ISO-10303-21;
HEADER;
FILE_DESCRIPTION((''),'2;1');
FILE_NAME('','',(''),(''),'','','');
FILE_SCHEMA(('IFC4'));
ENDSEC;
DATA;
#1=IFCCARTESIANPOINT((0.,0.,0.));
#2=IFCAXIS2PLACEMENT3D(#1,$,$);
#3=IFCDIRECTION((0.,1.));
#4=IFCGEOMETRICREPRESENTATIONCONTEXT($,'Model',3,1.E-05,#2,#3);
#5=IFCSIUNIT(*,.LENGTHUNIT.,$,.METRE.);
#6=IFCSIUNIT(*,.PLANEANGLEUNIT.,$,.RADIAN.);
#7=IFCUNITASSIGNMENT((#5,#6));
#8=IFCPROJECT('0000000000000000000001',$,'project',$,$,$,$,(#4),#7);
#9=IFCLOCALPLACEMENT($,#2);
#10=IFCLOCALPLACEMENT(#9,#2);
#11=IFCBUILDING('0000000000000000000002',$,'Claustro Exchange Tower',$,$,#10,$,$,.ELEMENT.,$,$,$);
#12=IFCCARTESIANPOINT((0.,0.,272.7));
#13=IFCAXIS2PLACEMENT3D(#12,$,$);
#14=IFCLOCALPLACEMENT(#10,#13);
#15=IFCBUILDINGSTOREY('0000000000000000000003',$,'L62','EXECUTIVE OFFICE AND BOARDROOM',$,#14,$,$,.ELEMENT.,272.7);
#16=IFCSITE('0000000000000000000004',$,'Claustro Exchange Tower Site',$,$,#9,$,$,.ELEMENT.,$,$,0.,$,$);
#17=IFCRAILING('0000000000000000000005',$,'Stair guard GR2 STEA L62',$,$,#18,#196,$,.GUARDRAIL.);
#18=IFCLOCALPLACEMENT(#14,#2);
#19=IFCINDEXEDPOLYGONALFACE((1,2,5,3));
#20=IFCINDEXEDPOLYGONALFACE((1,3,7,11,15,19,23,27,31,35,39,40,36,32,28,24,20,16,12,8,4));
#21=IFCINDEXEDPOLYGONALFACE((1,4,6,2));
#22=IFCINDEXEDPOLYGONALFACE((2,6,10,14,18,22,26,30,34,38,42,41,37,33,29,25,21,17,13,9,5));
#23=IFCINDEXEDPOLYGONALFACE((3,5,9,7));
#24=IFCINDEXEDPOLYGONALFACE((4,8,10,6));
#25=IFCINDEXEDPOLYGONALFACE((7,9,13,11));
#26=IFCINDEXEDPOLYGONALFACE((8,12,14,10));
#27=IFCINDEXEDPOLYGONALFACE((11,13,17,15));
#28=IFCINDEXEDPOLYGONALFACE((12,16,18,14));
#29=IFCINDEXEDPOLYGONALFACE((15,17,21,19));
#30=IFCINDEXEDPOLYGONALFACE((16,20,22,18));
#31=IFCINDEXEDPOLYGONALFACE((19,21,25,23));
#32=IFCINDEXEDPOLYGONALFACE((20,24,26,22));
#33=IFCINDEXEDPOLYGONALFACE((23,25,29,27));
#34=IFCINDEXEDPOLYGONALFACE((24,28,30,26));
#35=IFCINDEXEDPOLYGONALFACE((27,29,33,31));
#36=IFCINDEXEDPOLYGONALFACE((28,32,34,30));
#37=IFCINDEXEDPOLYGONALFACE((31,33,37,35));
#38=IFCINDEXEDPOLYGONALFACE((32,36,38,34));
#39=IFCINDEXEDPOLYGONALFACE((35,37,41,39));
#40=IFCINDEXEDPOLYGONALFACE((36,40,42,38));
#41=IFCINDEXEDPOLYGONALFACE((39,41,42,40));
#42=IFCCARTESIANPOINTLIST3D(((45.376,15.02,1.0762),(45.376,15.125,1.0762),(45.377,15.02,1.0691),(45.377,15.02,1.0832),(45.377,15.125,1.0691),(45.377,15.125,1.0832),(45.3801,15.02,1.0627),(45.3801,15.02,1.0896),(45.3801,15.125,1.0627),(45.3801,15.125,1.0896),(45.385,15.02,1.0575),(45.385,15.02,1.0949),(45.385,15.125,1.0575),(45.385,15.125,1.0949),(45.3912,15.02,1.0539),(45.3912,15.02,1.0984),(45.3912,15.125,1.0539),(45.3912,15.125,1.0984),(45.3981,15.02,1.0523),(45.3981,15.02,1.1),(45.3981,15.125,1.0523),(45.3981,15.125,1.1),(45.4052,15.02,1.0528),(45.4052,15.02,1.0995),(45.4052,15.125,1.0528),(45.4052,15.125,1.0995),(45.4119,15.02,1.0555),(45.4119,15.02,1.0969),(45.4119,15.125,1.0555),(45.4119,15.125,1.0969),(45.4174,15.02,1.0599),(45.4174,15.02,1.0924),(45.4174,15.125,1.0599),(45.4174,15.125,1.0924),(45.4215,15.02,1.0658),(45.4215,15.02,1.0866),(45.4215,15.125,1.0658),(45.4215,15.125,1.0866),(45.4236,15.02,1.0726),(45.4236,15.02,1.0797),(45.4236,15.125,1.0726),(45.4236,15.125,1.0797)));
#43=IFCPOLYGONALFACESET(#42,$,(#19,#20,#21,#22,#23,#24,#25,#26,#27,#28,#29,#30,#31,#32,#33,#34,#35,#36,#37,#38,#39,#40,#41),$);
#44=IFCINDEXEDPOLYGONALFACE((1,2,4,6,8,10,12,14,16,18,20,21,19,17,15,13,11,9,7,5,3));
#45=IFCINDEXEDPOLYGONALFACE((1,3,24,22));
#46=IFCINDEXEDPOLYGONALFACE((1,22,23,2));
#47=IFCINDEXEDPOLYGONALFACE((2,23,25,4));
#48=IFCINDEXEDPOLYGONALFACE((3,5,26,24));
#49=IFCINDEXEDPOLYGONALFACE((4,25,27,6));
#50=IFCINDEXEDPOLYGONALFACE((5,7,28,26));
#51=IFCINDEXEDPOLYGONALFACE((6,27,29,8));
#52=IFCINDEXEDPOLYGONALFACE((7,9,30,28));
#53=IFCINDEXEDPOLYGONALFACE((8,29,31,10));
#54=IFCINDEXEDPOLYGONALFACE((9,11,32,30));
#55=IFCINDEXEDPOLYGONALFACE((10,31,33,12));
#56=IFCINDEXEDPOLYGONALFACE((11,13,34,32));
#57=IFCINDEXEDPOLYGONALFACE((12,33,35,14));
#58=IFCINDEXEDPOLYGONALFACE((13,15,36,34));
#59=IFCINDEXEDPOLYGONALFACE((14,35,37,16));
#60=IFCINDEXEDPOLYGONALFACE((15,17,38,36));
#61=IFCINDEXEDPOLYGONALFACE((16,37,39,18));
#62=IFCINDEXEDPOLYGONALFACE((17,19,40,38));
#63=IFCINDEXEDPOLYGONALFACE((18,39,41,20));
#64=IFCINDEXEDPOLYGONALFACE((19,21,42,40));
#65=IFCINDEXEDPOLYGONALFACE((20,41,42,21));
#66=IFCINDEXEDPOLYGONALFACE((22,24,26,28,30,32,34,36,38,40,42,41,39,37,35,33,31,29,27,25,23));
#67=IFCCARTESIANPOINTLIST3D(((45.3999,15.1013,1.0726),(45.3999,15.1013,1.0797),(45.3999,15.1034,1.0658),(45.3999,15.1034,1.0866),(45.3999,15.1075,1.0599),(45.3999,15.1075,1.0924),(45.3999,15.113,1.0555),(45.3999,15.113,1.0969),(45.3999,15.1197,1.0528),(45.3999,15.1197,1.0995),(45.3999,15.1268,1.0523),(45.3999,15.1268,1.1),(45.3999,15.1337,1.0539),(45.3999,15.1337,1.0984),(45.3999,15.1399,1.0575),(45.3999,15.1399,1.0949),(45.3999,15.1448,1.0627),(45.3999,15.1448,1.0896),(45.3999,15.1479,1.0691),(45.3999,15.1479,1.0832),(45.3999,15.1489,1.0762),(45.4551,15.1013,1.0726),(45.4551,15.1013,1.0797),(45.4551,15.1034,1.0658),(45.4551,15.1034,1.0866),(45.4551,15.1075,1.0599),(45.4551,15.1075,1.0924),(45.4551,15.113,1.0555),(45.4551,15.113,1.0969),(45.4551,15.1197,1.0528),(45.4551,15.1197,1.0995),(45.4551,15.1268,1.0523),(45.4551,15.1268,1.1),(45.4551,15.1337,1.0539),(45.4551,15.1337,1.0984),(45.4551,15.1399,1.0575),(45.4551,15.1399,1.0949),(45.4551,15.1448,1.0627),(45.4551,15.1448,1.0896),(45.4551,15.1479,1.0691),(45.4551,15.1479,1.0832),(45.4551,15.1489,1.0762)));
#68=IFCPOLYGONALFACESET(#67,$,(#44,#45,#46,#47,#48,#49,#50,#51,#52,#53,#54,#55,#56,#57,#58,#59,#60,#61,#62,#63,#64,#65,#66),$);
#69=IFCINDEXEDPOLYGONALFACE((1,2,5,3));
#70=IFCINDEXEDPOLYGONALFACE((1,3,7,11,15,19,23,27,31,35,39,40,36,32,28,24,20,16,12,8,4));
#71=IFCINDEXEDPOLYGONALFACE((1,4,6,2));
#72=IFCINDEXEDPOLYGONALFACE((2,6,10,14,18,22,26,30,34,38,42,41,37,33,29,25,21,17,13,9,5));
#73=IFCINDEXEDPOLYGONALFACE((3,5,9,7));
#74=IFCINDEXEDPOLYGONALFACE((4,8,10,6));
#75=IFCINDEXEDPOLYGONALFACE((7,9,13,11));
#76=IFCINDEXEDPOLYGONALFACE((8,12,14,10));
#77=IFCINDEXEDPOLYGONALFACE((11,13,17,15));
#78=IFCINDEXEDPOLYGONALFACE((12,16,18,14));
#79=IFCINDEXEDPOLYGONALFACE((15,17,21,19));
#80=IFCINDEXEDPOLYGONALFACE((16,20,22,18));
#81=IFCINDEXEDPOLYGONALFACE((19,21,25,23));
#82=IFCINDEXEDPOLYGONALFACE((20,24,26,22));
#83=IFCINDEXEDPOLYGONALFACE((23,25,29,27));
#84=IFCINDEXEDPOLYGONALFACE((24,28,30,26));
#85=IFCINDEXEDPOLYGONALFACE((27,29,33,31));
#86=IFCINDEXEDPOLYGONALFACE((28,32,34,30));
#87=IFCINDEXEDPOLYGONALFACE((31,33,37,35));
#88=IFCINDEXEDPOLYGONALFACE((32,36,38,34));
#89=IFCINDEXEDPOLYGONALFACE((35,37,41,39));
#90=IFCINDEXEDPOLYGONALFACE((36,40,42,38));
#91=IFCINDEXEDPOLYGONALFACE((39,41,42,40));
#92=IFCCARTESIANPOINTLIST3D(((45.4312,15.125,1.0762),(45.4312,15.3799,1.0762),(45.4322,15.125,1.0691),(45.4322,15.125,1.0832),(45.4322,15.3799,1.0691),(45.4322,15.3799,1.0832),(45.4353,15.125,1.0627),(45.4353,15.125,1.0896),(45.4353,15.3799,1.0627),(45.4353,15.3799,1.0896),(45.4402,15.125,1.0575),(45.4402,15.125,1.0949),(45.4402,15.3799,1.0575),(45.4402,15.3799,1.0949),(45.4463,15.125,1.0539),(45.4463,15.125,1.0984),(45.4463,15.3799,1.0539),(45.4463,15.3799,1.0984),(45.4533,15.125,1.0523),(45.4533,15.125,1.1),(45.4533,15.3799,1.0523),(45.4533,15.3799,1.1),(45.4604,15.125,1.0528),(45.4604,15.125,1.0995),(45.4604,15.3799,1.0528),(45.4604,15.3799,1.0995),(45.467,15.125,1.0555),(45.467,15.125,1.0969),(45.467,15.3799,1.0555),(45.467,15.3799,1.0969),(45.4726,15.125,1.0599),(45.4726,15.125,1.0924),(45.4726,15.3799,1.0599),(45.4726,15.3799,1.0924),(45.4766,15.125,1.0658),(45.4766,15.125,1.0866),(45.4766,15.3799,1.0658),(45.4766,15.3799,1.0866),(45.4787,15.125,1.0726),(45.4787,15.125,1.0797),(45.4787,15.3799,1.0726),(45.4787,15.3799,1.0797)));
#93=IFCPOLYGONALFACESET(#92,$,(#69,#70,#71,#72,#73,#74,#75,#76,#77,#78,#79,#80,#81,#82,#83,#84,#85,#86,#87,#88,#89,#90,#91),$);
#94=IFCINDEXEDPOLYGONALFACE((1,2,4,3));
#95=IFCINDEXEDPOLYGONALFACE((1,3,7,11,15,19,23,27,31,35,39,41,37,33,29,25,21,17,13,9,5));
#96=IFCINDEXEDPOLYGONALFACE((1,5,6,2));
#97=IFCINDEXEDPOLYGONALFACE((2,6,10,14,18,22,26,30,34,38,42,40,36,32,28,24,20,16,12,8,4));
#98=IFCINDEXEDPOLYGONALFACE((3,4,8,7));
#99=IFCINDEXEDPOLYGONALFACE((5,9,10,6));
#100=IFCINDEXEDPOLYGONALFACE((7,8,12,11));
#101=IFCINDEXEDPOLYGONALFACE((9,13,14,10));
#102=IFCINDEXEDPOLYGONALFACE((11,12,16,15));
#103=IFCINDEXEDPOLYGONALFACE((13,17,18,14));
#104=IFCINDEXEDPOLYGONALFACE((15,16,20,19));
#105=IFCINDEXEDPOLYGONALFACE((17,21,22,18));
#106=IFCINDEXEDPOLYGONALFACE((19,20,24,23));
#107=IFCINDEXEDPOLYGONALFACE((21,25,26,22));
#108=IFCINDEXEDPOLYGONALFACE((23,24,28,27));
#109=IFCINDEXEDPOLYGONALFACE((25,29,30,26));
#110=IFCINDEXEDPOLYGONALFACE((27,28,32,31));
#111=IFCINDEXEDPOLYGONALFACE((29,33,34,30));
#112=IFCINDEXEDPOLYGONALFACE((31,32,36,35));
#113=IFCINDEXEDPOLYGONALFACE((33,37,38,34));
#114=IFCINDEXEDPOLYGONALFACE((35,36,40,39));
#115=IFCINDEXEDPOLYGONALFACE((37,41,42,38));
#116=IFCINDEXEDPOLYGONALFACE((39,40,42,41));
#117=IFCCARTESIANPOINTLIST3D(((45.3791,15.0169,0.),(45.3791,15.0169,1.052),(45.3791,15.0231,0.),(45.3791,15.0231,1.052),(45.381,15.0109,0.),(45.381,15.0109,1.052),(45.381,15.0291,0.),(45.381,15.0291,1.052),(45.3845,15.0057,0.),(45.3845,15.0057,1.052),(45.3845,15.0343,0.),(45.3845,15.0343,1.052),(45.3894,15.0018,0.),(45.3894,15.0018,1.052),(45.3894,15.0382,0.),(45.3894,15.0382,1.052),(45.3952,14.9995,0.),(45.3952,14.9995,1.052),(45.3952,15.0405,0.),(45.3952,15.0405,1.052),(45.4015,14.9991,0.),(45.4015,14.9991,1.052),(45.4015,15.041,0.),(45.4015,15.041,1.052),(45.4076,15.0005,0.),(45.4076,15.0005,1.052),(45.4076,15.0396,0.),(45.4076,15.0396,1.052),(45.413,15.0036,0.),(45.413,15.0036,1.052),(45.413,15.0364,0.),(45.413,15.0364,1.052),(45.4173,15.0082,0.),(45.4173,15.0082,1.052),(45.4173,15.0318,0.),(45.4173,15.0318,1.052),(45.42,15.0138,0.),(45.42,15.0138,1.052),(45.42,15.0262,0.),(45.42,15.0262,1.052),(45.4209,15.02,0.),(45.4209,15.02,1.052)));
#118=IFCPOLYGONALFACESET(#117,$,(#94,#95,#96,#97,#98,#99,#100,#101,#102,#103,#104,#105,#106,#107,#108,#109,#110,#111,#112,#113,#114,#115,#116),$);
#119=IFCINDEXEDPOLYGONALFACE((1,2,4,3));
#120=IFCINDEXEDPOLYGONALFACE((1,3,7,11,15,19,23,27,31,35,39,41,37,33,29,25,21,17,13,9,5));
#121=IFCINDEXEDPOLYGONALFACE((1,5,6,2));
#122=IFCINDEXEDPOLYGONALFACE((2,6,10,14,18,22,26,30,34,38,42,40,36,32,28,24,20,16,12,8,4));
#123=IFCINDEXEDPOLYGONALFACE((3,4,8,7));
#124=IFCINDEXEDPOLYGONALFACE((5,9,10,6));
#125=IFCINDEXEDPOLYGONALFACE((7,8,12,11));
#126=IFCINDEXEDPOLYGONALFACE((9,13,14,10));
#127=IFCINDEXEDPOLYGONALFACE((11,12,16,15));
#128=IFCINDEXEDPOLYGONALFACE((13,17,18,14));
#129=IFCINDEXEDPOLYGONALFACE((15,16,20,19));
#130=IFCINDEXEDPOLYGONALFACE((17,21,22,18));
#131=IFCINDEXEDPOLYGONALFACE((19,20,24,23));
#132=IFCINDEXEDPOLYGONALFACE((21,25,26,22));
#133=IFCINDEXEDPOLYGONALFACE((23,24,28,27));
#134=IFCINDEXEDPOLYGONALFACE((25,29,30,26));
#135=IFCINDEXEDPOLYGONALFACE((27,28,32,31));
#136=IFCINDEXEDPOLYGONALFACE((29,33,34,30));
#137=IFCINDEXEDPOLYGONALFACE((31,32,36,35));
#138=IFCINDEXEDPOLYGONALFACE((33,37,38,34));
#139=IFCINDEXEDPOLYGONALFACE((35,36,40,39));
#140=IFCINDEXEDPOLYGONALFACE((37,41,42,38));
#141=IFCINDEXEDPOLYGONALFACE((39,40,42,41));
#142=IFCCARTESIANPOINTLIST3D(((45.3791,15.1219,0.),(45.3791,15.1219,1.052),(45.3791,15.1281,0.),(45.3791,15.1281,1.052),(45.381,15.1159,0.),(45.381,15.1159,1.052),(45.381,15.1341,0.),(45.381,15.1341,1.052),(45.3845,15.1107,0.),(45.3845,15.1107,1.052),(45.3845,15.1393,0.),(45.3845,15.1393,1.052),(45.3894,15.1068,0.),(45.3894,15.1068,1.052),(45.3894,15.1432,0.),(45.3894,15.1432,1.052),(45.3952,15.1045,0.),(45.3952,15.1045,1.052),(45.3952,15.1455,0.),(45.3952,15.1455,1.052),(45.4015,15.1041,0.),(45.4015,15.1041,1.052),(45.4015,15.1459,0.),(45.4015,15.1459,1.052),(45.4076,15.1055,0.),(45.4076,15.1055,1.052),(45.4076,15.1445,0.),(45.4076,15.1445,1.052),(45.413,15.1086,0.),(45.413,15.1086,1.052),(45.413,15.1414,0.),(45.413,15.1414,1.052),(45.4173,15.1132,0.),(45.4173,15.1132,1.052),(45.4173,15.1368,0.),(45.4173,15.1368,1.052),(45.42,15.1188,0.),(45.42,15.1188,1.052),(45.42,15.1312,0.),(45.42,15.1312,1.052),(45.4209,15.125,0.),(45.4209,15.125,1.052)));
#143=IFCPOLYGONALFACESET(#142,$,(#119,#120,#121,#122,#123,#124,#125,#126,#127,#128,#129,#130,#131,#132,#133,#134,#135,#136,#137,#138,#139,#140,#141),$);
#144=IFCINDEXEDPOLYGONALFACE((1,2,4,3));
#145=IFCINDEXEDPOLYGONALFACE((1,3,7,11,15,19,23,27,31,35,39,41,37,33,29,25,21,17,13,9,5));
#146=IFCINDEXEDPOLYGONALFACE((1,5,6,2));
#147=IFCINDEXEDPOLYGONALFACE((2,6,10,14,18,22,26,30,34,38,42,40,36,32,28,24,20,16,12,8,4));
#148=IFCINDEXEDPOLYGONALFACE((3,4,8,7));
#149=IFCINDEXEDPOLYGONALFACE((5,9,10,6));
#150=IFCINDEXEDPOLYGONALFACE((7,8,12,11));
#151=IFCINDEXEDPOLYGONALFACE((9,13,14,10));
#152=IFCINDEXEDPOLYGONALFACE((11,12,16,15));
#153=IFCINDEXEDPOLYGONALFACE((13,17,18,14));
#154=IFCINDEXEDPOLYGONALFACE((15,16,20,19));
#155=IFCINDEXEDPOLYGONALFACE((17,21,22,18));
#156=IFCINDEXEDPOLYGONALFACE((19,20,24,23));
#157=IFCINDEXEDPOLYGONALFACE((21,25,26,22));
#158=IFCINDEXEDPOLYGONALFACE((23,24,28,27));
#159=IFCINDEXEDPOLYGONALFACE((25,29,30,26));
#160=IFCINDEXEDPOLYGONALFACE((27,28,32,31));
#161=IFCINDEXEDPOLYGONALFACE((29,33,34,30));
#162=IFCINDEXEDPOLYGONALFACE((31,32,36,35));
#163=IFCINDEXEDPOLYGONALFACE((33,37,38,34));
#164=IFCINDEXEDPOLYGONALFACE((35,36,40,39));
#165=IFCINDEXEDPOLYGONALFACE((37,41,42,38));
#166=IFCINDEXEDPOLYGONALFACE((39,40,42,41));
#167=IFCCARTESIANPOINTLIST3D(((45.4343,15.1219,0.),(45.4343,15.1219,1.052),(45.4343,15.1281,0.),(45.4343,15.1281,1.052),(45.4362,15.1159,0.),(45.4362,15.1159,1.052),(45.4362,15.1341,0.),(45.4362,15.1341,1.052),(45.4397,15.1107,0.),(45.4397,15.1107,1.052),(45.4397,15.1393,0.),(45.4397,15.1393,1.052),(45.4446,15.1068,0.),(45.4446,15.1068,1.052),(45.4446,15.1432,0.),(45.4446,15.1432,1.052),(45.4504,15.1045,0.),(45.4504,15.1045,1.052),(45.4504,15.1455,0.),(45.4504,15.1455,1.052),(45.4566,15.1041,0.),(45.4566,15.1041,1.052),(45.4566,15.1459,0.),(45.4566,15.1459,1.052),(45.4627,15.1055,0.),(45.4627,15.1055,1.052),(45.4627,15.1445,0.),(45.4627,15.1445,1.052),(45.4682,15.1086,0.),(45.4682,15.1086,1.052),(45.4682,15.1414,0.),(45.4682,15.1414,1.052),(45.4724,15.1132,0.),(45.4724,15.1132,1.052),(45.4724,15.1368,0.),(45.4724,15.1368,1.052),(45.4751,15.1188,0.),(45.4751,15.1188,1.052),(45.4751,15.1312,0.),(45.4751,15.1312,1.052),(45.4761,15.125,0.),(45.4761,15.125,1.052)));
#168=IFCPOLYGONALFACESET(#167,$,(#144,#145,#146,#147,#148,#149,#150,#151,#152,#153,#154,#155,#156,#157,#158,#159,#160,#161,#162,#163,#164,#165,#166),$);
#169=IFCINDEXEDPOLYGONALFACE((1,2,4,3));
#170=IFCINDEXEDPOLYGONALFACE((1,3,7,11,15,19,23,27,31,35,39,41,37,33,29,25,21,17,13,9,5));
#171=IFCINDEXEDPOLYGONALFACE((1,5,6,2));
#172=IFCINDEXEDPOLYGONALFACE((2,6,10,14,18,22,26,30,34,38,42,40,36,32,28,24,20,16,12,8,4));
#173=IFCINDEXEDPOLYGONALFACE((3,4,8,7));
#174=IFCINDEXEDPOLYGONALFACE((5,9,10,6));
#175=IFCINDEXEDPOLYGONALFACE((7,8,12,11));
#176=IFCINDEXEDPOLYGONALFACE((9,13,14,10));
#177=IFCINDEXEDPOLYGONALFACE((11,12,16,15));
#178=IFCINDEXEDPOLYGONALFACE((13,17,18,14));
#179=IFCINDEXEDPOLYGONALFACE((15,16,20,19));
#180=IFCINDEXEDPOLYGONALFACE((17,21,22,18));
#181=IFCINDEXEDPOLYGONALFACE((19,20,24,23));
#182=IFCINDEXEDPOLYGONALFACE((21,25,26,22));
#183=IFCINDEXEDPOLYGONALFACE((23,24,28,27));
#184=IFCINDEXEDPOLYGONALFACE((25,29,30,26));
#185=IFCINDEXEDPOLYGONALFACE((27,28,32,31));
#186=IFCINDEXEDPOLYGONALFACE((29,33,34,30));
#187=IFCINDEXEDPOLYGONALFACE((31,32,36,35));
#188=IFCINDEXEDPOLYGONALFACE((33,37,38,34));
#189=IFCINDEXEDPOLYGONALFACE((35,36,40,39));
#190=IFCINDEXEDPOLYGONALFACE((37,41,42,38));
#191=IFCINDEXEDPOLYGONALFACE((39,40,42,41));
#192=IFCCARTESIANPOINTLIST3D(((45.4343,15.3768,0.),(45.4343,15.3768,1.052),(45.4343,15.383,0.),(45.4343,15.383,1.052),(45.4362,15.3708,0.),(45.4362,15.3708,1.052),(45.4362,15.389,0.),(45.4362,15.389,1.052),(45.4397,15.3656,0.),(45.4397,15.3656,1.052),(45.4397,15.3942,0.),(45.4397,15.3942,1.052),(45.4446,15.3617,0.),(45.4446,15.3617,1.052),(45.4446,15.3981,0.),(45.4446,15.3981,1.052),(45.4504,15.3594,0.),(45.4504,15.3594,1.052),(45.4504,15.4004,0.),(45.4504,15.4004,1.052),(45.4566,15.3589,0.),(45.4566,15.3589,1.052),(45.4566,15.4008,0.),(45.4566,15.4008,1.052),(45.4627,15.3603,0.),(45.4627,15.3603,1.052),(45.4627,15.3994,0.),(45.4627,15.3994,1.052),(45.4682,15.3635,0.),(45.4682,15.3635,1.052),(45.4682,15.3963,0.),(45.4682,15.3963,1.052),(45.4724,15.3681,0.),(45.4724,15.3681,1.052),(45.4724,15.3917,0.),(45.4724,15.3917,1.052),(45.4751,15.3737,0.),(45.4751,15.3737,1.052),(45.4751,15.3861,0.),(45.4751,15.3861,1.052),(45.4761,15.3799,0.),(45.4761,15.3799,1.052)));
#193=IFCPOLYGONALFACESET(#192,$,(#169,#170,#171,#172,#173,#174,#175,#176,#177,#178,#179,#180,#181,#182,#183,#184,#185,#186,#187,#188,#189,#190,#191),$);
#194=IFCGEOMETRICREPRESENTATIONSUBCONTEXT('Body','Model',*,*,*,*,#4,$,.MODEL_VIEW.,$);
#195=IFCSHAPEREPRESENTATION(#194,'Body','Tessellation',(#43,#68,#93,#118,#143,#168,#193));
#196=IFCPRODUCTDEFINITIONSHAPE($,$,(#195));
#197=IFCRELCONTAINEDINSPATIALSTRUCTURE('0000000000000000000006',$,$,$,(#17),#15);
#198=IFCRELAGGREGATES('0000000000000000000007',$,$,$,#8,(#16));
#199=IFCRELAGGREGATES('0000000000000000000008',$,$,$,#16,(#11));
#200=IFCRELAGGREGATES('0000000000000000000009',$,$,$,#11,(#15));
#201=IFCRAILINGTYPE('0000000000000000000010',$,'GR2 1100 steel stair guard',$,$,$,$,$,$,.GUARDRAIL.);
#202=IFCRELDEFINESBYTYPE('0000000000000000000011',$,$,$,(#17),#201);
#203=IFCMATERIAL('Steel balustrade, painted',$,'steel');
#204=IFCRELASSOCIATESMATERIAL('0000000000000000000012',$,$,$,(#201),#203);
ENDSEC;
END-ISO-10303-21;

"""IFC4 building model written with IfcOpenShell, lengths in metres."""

from ifc_helpers import new_model, si_unit, direction, frame, origin, origin_2d, place, context, subcontext, project, spatial, circle, extrude, material, type_object, element, save


model = new_model("IFC4")

# Units and contexts
model_context = context("Model", 3, precision=1e-05, world=origin(), true_north=direction((0.0, 1.0)))
body_context = subcontext(model_context, "Body", "Model", "MODEL_VIEW")
ifc_project = project(units=[si_unit("LENGTHUNIT", "METRE"), si_unit("PLANEANGLEUNIT", "RADIAN")], contexts=[model_context])

# Site, building, storey
site_placement = place(None, origin())
site = spatial("IfcSite", under=ifc_project, at=site_placement, Name="Claustro Exchange Tower Site", CompositionType="ELEMENT", RefElevation=0.0)
building_placement = place(site_placement, origin())
building = spatial("IfcBuilding", under=site, at=building_placement, Name="Claustro Exchange Tower", CompositionType="ELEMENT")
storey_placement = place(building_placement, frame((0.0, 0.0, 272.7)))
storey = spatial("IfcBuildingStorey", under=building, at=storey_placement, Name="L62", Description="EXECUTIVE OFFICE AND BOARDROOM", CompositionType="ELEMENT", Elevation=272.7)

# Railing
ifc_material_1 = material(Name="Steel balustrade, painted", Category="steel")
railing_type_1 = type_object("IfcRailingType", Name="GR2 1100 steel stair guard", PredefinedType="GUARDRAIL", material=ifc_material_1)
railing_1_placement = place(storey_placement, frame((45.3999, 15.02, 0.0)))
element("IfcRailing", 1, at=railing_1_placement, inside=storey, type_object=railing_type_1, Name="Stair guard GR2 STEA L62", PredefinedType="GUARDRAIL", context=body_context, shape_type="SweptSolid", body=[
    extrude(circle(Radius=0.0239, at=origin_2d()), frame((0.0, 0.0, 1.0762), z_axis=(0.0, 1.0, 0.0), x_axis=(-1.0, 0.0, 0.0)), (0.0, 0.0, 1.0), 0.105),
    extrude(circle(Radius=0.0239, at=origin_2d()), frame((0.0, 0.105, 1.0762), z_axis=(1.0, 0.0, 0.0), x_axis=(0.0, 1.0, 0.0)), (0.0, 0.0, 1.0), 0.0552),
    extrude(circle(Radius=0.0239, at=origin_2d()), frame((0.0552, 0.105, 1.0762), z_axis=(0.0, 1.0, 0.0), x_axis=(-1.0, 0.0, 0.0)), (0.0, 0.0, 1.0), 0.2549),
    extrude(circle(Radius=0.021, at=origin_2d()), origin(), (0.0, 0.0, 1.0), 1.052),
    extrude(circle(Radius=0.021, at=origin_2d()), frame((0.0, 0.105, 0.0)), (0.0, 0.0, 1.0), 1.052),
    extrude(circle(Radius=0.021, at=origin_2d()), frame((0.0552, 0.105, 0.0)), (0.0, 0.0, 1.0), 1.052),
    extrude(circle(Radius=0.021, at=origin_2d()), frame((0.0552, 0.3599, 0.0)), (0.0, 0.0, 1.0), 1.052),
])

save(model, "model.ifc")
